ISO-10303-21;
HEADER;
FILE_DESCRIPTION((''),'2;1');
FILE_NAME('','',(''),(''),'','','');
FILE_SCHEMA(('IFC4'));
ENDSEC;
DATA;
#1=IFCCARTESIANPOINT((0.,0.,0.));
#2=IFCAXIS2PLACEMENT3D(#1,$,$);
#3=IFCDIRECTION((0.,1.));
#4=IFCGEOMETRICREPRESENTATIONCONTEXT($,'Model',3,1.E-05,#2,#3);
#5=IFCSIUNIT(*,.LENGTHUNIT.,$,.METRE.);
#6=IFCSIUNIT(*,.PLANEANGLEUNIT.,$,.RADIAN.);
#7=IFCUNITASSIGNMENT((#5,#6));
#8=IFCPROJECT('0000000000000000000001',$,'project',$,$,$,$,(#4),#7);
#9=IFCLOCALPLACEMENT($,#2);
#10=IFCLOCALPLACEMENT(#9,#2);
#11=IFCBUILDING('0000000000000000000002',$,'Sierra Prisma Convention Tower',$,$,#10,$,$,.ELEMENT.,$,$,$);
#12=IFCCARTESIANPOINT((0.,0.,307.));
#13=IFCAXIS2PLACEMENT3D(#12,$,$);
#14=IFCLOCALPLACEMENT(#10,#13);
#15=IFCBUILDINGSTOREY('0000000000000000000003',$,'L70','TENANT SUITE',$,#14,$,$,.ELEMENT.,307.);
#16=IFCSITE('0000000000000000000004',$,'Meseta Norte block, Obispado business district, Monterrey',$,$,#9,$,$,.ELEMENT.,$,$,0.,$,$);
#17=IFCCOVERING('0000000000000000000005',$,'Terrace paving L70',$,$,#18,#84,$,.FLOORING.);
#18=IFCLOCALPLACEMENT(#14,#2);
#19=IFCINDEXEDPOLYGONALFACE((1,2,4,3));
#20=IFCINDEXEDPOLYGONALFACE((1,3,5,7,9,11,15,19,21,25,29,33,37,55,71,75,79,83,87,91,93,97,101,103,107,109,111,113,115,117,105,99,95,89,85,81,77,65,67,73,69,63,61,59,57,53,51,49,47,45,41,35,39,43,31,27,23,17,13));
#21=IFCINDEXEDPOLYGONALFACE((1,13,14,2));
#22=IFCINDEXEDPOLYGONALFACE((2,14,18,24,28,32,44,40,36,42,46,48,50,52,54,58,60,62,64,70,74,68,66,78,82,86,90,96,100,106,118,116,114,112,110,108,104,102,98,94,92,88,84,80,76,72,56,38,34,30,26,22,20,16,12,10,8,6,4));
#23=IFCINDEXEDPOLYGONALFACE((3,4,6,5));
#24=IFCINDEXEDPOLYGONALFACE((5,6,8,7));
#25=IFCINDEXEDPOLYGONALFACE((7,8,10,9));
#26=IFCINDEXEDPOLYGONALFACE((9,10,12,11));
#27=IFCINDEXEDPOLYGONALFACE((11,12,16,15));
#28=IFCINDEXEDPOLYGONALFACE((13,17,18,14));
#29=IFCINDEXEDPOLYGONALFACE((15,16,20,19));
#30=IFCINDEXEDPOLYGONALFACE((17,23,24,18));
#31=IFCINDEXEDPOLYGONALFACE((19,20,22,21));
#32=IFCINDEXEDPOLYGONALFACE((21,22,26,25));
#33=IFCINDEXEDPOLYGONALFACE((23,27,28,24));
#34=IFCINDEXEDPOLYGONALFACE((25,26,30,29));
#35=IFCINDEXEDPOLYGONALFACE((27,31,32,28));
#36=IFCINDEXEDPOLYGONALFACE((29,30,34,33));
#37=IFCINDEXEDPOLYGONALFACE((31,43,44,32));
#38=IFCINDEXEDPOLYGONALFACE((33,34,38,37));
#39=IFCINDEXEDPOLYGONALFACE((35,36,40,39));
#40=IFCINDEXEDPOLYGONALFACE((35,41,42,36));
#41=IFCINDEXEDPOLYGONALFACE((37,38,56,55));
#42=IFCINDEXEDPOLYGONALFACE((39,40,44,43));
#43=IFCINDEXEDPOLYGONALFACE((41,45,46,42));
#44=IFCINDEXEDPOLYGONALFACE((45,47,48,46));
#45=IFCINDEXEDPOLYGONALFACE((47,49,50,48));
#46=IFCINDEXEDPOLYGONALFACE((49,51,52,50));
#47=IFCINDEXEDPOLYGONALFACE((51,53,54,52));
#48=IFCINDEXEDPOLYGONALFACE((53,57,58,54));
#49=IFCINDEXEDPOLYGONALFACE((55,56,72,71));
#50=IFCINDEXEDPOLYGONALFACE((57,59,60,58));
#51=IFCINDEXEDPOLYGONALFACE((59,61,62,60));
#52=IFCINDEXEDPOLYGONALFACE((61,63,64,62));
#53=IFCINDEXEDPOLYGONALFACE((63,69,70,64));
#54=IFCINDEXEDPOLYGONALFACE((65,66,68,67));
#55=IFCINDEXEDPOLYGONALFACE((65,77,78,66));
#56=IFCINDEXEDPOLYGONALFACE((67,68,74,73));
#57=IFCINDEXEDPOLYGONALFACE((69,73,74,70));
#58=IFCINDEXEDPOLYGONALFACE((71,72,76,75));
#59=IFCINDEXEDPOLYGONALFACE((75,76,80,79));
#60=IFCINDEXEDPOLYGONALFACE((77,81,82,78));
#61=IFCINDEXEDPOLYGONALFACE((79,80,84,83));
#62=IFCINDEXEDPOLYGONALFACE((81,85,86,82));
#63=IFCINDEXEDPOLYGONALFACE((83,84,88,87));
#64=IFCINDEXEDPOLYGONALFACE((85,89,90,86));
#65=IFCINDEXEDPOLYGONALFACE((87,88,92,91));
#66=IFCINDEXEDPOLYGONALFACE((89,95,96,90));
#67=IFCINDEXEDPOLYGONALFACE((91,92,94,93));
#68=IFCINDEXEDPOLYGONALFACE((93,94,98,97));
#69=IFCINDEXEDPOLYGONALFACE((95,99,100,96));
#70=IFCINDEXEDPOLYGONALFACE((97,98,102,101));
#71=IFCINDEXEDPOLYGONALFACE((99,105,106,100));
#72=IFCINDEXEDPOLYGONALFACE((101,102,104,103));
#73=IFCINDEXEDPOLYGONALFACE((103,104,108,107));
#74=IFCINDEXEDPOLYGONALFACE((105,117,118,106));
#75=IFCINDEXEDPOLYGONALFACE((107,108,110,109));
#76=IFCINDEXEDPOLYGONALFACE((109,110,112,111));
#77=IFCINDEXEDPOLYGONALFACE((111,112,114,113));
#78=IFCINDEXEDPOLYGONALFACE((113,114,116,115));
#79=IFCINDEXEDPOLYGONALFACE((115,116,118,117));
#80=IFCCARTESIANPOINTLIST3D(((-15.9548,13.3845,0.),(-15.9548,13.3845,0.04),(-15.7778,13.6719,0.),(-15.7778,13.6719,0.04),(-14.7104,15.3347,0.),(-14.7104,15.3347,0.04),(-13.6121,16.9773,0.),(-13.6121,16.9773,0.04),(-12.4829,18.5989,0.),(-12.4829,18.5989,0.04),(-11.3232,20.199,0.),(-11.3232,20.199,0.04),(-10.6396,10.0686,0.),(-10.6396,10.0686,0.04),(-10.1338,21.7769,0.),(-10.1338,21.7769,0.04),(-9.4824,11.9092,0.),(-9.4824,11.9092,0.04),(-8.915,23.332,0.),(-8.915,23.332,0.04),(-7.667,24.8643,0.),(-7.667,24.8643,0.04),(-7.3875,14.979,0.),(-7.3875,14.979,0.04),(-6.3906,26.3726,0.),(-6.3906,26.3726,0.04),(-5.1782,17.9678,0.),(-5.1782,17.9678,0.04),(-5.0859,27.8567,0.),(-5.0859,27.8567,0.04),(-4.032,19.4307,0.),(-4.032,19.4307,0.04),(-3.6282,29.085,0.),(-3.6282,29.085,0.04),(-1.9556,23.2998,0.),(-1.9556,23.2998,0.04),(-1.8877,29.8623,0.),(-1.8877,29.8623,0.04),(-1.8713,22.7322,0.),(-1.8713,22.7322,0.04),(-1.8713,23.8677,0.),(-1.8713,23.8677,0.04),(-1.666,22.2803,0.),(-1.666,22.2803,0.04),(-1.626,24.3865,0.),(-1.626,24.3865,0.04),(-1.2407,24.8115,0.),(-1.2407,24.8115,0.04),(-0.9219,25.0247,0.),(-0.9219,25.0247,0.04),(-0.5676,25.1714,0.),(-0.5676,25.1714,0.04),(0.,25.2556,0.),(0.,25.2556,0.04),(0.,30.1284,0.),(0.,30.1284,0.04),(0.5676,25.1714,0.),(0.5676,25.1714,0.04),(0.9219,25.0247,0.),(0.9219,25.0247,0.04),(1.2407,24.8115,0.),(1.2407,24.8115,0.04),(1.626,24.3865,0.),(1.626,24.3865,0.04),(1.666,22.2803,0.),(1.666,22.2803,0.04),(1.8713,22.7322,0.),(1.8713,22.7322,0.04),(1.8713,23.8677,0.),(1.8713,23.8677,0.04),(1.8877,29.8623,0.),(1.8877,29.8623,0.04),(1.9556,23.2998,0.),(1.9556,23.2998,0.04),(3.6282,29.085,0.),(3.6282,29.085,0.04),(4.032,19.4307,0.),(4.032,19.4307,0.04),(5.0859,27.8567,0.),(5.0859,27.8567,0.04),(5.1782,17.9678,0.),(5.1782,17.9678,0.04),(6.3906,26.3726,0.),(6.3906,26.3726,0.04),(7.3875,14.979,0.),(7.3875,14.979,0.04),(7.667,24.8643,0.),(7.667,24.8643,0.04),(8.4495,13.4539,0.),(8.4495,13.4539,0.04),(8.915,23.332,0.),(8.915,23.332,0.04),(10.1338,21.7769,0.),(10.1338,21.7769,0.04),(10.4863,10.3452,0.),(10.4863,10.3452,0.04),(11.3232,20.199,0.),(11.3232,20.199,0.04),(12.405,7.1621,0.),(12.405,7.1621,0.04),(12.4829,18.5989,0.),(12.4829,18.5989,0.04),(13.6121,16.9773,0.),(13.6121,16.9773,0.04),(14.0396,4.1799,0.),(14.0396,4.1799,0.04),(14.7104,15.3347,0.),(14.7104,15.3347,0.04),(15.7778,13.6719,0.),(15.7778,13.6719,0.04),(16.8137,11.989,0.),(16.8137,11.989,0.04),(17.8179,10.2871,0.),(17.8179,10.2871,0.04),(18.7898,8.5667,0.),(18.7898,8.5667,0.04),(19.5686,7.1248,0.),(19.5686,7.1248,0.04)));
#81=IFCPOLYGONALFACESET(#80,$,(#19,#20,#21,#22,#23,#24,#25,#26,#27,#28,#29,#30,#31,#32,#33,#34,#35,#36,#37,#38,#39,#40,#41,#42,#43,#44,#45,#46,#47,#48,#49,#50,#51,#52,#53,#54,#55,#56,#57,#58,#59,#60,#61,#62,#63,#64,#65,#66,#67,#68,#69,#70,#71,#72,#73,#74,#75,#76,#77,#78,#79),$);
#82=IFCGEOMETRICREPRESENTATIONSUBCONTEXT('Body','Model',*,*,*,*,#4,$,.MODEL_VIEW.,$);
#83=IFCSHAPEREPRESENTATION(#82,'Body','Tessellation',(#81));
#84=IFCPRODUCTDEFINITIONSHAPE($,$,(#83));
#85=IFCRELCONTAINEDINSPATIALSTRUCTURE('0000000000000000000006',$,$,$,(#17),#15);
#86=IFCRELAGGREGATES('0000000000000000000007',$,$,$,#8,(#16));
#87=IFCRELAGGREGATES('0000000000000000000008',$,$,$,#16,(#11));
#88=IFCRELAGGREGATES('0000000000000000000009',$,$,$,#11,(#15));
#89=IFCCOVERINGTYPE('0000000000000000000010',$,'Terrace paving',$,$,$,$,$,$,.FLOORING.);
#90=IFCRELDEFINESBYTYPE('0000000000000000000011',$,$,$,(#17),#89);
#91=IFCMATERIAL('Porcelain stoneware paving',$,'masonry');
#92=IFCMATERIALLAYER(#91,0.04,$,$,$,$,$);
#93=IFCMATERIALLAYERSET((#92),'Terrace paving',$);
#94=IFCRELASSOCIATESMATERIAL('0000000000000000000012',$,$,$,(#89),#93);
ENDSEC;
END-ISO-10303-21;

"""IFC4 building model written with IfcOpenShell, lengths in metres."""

from ifc_helpers import new_model, si_unit, direction, frame, origin, place, context, subcontext, project, spatial, polyline, outline, extrude, material, layer, layer_set, type_object, element, save


model = new_model("IFC4")

# Units and contexts
model_context = context("Model", 3, precision=1e-05, world=origin(), true_north=direction((0.0, 1.0)))
body_context = subcontext(model_context, "Body", "Model", "MODEL_VIEW")
ifc_project = project(units=[si_unit("LENGTHUNIT", "METRE"), si_unit("PLANEANGLEUNIT", "RADIAN")], contexts=[model_context])

# Site, building, storey
site_placement = place(None, origin())
site = spatial("IfcSite", under=ifc_project, at=site_placement, Name="Meseta Norte block, Obispado business district, Monterrey", CompositionType="ELEMENT", RefElevation=0.0)
building_placement = place(site_placement, origin())
building = spatial("IfcBuilding", under=site, at=building_placement, Name="Sierra Prisma Convention Tower", CompositionType="ELEMENT")
storey_placement = place(building_placement, frame((0.0, 0.0, 307.0)))
storey = spatial("IfcBuildingStorey", under=building, at=storey_placement, Name="L70", Description="TENANT SUITE", CompositionType="ELEMENT", Elevation=307.0)

# Covering
ifc_material_1 = material(Name="Porcelain stoneware paving", Category="masonry")
ifc_layer_1 = layer(ifc_material_1, 0.04)
ifc_layer_set_1 = layer_set([ifc_layer_1], Name="Terrace paving")
covering_type_1 = type_object("IfcCoveringType", Name="Terrace paving", PredefinedType="FLOORING", material=ifc_layer_set_1)
covering_1_placement = place(storey_placement, origin())
element("IfcCovering", 1, at=covering_1_placement, inside=storey, type_object=covering_type_1, Name="Terrace paving L70", PredefinedType="FLOORING", context=body_context, shape_type="SweptSolid", body=[
    extrude(outline(polyline([(19.5686, 7.1248), (18.7898, 8.5667), (17.8179, 10.2871), (16.8137, 11.989), (15.7778, 13.6719), (14.7104, 15.3347), (13.6121, 16.9773), (12.4829, 18.5989), (11.3232, 20.199), (10.1338, 21.7769), (8.915, 23.332), (7.667, 24.8643), (6.3906, 26.3726), (5.0859, 27.8567), (3.6282, 29.085), (1.8877, 29.8623), (0.0, 30.1284), (-1.8877, 29.8623), (-3.6282, 29.085), (-5.0859, 27.8567), (-6.3906, 26.3726), (-7.667, 24.8643), (-8.915, 23.332), (-10.1338, 21.7769), (-11.3232, 20.199), (-12.4829, 18.5989), (-13.6121, 16.9773), (-14.7104, 15.3347), (-15.7778, 13.6719), (-15.9548, 13.3845), (-10.6396, 10.0686), (-9.4824, 11.9092), (-7.3875, 14.979), (-5.1782, 17.9678), (-4.032, 19.4307), (-1.666, 22.2803), (-1.8713, 22.7322), (-1.9556, 23.2998), (-1.8713, 23.8677), (-1.626, 24.3865), (-1.2407, 24.8115), (-0.9219, 25.0247), (-0.5676, 25.1714), (0.0, 25.2556), (0.5676, 25.1714), (0.9219, 25.0247), (1.2407, 24.8115), (1.626, 24.3865), (1.8713, 23.8677), (1.9556, 23.2998), (1.8713, 22.7322), (1.666, 22.2803), (4.032, 19.4307), (5.1782, 17.9678), (7.3875, 14.979), (8.4495, 13.4539), (10.4863, 10.3452), (12.405, 7.1621), (14.0396, 4.1799), (19.5686, 7.1248)])), origin(), (0.0, 0.0, 1.0), 0.04),
])

save(model, "model.ifc")
